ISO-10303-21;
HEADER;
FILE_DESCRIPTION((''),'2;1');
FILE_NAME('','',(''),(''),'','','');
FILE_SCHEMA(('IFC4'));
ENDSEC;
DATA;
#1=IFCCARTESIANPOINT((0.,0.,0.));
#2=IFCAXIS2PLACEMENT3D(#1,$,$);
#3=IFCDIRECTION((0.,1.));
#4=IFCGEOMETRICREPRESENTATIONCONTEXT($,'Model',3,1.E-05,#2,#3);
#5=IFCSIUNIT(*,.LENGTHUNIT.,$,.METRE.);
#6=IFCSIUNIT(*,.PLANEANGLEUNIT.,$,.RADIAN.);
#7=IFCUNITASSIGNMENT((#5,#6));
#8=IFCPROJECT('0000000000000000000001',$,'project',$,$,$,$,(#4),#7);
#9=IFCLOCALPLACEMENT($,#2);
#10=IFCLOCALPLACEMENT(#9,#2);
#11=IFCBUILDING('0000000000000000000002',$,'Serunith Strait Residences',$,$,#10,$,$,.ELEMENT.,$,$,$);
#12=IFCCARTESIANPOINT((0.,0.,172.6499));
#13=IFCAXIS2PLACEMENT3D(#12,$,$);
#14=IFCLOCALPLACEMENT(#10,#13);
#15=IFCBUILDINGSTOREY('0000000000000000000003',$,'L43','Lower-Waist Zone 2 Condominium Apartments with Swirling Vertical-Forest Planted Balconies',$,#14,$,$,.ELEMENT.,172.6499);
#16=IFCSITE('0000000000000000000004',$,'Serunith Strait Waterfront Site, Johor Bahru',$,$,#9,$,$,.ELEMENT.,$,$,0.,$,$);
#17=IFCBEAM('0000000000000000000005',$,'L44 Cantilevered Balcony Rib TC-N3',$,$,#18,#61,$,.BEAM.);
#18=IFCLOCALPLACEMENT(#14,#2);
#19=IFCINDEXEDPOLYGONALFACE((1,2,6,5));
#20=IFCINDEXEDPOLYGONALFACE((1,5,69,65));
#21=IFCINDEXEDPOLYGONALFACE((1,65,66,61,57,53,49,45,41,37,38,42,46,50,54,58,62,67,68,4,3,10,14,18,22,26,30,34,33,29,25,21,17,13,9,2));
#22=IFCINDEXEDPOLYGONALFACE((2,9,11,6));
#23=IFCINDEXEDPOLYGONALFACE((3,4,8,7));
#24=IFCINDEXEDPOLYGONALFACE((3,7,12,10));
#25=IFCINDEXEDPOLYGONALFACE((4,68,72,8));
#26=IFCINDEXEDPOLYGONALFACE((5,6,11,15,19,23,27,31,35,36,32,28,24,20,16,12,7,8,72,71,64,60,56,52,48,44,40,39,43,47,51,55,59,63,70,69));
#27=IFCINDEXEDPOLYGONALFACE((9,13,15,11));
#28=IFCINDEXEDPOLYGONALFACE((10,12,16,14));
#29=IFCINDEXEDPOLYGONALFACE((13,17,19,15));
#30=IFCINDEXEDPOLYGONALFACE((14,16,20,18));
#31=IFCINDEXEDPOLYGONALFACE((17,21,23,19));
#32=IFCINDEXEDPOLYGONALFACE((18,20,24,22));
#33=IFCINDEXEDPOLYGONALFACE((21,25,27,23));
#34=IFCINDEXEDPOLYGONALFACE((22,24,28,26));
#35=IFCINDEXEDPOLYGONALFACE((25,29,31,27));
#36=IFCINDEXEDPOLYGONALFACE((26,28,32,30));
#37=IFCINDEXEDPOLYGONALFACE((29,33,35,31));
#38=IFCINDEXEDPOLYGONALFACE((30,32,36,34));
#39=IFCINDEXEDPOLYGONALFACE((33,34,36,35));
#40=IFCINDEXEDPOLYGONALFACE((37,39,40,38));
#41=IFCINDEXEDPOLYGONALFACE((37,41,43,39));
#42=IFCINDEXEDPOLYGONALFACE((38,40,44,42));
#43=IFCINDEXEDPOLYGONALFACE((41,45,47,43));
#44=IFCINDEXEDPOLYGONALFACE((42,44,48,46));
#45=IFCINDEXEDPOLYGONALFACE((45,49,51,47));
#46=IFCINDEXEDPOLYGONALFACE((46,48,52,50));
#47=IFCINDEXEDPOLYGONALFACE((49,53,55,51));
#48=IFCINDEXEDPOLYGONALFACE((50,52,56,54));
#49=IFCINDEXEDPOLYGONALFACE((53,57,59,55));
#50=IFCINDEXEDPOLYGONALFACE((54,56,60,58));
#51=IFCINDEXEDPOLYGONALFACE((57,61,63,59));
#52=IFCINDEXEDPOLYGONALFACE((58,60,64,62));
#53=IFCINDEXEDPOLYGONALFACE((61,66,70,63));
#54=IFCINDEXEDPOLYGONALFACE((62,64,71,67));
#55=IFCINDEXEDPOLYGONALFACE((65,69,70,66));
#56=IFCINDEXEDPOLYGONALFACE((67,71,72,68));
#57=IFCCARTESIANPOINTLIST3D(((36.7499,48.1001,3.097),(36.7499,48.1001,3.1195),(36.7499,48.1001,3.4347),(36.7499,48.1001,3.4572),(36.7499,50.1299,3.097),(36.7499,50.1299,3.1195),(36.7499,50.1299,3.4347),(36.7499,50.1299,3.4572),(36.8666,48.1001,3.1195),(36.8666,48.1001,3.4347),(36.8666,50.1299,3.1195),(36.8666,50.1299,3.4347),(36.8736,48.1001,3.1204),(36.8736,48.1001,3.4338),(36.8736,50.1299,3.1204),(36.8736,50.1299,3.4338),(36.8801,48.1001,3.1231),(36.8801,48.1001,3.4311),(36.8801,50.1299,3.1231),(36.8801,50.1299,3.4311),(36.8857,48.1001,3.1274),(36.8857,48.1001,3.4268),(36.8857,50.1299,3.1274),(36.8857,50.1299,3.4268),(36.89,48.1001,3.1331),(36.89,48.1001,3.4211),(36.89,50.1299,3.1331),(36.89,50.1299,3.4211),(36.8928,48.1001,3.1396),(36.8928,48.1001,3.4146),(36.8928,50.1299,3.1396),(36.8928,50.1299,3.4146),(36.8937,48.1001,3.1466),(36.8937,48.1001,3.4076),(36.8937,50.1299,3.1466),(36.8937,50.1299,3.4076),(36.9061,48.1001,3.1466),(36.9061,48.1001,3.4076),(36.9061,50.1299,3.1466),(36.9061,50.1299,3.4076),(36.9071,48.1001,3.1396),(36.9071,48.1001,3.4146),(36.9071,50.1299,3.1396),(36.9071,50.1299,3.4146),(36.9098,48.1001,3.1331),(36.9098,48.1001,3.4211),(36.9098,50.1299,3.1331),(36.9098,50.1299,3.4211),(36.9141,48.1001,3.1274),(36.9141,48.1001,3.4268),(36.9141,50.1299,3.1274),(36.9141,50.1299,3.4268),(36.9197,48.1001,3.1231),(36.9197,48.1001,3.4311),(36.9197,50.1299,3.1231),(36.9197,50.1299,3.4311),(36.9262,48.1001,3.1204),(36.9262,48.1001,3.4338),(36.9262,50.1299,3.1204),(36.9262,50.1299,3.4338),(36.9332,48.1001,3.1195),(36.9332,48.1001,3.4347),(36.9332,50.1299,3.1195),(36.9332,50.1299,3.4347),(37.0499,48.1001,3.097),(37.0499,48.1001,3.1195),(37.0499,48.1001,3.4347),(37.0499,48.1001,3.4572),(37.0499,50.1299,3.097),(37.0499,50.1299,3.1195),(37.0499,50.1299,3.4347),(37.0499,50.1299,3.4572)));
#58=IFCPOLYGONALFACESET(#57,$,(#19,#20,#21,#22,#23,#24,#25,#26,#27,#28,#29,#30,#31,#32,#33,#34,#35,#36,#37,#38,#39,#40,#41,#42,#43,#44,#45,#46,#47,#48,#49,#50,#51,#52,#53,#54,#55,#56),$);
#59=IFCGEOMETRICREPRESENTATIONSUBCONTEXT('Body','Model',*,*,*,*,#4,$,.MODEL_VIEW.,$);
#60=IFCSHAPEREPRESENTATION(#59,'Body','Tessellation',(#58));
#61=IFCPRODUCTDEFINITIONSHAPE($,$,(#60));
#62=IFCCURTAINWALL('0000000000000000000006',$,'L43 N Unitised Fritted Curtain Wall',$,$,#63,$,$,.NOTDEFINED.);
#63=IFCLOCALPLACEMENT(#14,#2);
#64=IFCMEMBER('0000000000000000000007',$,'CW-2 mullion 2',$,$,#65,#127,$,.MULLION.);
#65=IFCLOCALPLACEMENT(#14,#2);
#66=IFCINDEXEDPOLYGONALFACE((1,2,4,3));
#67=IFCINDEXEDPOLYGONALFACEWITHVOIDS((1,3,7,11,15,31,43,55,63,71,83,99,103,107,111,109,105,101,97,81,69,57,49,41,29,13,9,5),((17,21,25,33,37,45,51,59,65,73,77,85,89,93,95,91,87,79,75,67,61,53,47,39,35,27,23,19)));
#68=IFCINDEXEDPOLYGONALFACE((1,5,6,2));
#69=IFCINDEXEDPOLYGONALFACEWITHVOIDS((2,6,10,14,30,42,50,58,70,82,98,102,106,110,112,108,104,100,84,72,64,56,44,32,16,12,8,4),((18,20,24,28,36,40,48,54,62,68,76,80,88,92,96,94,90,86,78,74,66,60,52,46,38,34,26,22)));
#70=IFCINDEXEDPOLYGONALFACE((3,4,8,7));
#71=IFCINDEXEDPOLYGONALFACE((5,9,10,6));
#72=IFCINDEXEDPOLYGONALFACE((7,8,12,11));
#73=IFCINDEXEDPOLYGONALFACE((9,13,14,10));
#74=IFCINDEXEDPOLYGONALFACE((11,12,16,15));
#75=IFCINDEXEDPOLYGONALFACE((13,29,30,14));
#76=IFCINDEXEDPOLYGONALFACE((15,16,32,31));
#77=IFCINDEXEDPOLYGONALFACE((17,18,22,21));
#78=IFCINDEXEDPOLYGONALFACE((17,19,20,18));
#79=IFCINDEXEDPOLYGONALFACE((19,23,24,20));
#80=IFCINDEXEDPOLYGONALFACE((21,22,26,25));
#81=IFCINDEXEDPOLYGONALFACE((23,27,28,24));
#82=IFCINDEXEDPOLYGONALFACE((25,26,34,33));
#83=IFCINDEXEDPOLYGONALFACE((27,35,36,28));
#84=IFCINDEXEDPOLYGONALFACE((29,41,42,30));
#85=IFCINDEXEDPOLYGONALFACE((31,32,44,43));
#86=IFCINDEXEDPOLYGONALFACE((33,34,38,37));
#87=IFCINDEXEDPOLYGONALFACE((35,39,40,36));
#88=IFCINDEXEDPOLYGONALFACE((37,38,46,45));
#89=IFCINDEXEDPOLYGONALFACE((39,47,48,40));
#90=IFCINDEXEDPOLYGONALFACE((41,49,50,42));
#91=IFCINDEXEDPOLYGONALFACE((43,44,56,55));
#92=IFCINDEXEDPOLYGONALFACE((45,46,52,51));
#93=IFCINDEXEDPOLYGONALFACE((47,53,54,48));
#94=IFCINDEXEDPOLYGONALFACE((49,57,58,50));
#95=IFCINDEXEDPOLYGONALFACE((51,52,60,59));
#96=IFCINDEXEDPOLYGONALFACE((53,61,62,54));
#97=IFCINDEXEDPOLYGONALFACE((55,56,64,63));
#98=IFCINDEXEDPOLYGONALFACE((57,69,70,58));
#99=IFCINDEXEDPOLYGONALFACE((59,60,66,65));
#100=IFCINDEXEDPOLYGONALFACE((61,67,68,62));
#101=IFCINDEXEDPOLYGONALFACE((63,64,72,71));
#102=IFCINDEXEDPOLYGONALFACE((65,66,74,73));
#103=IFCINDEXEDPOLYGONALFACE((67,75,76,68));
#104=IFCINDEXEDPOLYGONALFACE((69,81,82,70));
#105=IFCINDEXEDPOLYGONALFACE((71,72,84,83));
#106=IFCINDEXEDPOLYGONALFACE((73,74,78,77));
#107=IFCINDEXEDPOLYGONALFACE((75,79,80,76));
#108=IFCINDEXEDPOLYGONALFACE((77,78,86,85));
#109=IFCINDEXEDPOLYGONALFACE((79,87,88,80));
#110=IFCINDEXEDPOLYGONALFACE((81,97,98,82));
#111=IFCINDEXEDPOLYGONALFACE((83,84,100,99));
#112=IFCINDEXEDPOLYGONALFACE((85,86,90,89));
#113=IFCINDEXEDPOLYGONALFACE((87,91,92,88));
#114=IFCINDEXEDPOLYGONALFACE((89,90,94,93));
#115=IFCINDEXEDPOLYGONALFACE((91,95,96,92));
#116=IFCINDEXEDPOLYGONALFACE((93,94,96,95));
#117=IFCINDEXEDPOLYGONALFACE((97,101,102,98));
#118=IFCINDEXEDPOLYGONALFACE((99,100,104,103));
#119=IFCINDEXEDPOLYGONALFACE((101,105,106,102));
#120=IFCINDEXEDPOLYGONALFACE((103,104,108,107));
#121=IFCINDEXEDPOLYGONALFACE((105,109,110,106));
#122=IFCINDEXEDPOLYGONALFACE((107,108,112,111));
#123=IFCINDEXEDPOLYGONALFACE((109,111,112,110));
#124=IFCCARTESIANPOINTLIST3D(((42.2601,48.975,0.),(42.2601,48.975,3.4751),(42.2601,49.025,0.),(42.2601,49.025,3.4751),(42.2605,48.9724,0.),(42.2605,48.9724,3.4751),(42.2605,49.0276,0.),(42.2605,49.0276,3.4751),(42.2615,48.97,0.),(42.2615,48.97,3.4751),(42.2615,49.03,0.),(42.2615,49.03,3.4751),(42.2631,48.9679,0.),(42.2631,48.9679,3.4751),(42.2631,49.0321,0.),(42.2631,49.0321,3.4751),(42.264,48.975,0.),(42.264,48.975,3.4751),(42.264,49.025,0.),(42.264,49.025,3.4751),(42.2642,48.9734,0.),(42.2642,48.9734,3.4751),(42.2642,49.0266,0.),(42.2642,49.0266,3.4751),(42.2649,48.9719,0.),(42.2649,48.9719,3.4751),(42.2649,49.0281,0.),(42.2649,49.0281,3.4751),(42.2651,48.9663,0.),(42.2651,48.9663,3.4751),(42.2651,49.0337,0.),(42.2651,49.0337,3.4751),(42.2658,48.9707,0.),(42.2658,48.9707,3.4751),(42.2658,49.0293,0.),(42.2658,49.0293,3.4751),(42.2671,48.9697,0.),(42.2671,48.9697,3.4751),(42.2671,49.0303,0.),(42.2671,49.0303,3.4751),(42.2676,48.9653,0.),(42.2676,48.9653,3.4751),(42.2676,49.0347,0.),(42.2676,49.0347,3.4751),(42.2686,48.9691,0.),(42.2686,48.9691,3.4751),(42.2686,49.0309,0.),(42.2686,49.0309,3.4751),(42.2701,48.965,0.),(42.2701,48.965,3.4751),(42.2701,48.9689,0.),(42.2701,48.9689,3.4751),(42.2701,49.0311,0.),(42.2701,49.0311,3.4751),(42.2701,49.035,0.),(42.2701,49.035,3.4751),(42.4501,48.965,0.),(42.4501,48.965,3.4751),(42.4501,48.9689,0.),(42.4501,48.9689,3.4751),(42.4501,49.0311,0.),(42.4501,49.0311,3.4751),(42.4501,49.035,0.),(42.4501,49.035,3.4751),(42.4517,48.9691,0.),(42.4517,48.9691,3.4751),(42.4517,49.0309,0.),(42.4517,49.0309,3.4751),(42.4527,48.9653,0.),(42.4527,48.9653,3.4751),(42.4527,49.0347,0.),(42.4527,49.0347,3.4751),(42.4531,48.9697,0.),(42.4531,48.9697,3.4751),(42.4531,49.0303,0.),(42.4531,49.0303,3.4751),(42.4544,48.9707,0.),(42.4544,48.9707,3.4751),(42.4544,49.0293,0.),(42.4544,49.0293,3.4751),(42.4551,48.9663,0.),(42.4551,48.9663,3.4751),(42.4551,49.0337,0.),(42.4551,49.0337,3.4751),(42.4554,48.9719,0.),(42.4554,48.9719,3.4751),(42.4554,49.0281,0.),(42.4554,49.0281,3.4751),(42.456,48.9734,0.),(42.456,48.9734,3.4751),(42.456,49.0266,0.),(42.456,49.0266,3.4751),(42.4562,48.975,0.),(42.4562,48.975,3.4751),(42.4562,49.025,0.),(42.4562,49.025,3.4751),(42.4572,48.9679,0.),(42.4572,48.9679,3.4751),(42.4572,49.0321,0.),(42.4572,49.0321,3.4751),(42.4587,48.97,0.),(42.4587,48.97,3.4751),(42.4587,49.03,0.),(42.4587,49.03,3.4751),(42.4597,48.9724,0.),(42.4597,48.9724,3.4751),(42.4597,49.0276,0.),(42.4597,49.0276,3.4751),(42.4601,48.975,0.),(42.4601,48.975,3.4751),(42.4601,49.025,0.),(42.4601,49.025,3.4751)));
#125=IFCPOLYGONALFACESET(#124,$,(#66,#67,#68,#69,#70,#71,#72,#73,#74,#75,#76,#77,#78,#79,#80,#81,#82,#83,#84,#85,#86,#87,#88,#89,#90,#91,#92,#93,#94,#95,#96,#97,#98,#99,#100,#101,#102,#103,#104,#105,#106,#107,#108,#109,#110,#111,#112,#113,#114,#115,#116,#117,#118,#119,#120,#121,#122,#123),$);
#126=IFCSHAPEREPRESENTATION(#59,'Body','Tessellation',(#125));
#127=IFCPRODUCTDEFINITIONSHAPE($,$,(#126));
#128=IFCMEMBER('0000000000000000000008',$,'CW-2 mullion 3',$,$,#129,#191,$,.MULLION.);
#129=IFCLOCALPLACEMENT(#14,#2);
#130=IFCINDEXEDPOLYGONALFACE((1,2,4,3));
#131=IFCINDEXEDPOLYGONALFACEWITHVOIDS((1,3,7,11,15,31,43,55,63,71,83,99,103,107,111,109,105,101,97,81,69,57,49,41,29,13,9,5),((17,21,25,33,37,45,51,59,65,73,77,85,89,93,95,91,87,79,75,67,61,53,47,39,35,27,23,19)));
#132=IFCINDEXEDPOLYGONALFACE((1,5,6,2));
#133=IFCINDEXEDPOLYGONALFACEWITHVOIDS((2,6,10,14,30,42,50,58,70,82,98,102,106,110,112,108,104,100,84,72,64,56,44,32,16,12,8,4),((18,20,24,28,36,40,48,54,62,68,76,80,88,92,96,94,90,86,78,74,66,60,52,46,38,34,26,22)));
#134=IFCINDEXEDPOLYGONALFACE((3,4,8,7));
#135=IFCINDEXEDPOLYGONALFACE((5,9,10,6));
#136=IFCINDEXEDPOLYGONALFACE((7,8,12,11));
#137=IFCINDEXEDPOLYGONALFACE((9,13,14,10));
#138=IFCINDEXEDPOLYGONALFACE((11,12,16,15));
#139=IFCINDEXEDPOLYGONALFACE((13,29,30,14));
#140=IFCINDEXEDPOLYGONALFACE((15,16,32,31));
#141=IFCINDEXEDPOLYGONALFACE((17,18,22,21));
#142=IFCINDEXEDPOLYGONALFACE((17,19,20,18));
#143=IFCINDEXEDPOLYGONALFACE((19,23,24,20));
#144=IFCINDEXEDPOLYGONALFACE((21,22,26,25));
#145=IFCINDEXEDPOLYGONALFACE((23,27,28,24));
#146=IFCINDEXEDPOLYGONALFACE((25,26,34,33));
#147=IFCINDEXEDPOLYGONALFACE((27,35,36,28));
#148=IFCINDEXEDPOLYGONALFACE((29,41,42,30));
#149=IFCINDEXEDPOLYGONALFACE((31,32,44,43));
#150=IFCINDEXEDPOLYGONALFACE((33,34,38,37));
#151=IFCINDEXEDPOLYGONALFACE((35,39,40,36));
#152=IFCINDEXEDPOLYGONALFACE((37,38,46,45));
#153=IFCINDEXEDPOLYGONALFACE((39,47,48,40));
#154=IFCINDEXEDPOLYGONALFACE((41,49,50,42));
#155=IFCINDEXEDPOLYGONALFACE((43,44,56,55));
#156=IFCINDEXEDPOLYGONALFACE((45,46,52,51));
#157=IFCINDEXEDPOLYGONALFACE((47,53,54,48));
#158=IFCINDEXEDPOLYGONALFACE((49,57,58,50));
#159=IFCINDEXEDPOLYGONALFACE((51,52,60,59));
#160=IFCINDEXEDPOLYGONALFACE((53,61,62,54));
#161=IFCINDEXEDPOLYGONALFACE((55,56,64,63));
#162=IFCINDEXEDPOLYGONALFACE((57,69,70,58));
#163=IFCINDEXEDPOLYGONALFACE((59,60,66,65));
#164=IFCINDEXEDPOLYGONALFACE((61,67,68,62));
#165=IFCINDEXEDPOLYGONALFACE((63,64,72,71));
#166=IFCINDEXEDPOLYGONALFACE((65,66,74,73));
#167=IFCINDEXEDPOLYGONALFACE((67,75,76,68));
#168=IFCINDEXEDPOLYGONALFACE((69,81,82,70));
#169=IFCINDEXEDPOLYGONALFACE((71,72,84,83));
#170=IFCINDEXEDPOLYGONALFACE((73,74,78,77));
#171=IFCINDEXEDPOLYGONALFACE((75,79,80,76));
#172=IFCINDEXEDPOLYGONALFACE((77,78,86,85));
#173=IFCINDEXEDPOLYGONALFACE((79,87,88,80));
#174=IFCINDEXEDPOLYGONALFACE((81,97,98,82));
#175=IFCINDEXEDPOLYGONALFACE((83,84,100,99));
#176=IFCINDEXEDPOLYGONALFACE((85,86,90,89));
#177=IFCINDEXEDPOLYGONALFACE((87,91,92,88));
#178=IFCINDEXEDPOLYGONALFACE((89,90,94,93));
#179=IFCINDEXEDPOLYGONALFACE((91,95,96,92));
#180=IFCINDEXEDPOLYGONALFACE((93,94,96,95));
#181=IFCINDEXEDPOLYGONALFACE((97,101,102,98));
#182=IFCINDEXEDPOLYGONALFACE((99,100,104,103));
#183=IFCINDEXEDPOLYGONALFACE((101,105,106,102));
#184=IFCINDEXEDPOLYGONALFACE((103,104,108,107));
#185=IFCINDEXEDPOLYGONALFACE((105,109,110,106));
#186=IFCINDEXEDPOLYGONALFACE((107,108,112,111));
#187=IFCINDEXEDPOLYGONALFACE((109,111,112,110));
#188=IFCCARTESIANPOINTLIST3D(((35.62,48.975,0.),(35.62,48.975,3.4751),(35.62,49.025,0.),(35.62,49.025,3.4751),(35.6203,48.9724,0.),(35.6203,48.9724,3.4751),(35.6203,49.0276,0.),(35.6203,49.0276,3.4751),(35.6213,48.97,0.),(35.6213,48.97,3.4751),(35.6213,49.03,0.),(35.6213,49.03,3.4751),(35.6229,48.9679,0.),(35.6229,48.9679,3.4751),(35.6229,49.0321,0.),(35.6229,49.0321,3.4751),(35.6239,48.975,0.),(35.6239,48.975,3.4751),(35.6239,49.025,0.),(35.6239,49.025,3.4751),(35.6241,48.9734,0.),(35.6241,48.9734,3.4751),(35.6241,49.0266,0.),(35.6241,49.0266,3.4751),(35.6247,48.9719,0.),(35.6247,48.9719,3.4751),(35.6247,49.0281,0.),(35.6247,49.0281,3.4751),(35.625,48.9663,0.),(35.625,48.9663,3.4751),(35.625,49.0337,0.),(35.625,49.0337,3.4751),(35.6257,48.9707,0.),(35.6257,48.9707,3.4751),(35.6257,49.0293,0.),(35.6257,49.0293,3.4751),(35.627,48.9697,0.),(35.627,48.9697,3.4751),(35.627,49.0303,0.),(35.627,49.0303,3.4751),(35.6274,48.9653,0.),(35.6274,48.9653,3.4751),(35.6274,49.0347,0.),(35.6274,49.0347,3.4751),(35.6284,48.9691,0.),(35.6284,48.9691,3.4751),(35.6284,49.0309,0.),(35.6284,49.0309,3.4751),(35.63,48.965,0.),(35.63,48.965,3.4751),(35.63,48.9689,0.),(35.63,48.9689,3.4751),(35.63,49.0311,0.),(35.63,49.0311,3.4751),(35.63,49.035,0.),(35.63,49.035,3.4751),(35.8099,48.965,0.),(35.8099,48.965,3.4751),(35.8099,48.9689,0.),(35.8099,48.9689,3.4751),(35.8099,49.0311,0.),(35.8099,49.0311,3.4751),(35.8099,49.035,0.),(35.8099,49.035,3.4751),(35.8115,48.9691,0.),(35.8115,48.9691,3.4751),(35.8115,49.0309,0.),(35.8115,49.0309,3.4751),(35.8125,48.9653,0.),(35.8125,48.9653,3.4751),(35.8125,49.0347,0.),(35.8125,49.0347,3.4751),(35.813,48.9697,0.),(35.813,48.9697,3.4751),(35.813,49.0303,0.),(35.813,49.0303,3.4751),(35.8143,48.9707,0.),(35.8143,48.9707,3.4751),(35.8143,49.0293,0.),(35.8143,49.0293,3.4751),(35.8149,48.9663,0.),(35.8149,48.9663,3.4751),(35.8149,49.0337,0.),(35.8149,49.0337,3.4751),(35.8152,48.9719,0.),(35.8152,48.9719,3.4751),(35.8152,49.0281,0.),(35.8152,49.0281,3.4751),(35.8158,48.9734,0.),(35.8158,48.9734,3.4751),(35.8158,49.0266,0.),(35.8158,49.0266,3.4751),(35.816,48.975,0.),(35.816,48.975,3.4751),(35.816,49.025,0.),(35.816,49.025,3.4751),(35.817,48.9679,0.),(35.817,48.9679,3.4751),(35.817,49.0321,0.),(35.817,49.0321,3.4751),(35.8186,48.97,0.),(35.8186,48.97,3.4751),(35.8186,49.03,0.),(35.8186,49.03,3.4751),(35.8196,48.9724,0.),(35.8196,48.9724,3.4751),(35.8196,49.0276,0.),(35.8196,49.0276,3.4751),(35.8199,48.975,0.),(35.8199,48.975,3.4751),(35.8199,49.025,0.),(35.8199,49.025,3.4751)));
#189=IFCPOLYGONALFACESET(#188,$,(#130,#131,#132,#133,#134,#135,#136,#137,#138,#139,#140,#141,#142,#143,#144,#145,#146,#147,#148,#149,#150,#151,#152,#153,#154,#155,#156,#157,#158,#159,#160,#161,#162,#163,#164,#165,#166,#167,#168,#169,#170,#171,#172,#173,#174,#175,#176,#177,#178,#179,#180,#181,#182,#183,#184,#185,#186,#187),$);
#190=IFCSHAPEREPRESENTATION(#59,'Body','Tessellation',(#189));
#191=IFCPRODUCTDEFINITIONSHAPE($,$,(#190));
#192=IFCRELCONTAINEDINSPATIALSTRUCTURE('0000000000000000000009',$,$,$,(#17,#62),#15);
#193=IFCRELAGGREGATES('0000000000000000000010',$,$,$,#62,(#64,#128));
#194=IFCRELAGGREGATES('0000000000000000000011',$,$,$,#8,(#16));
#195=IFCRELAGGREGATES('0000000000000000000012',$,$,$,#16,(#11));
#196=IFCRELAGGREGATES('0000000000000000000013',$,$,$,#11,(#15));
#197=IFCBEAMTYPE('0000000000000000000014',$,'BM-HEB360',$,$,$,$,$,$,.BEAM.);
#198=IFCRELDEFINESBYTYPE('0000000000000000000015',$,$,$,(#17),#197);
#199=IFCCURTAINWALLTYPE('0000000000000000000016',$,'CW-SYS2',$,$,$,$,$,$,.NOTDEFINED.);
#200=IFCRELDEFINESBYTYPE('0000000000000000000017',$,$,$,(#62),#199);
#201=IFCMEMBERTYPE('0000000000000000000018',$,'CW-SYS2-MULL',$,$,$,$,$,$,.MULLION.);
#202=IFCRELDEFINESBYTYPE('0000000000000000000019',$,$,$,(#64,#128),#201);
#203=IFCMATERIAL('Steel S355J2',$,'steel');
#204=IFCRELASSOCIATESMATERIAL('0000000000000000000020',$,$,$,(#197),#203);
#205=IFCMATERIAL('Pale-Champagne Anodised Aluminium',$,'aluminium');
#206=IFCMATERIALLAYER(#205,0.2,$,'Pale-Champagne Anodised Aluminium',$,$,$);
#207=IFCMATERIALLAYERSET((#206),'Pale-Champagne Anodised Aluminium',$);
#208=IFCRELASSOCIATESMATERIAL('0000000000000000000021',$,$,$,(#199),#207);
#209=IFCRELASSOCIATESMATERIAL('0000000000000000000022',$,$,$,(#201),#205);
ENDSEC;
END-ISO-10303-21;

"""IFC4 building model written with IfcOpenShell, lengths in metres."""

from ifc_helpers import new_model, si_unit, direction, frame, origin, origin_2d, place, context, subcontext, project, spatial, hollow_rectangle, i_section, extrude, source, transform, mapped, material, layer, layer_set, material_profile, profile_set, type_object, element, aggregate, save


model = new_model("IFC4")

# Units and contexts
model_context = context("Model", 3, precision=1e-05, world=origin(), true_north=direction((0.0, 1.0)))
body_context = subcontext(model_context, "Body", "Model", "MODEL_VIEW")
ifc_project = project(units=[si_unit("LENGTHUNIT", "METRE"), si_unit("PLANEANGLEUNIT", "RADIAN")], contexts=[model_context])

# Site, building, storey
site_placement = place(None, origin())
site = spatial("IfcSite", under=ifc_project, at=site_placement, Name="Serunith Strait Waterfront Site, Johor Bahru", CompositionType="ELEMENT", RefElevation=0.0)
building_placement = place(site_placement, origin())
building = spatial("IfcBuilding", under=site, at=building_placement, Name="Serunith Strait Residences", CompositionType="ELEMENT")
storey_placement = place(building_placement, frame((0.0, 0.0, 172.6499)))
storey = spatial("IfcBuildingStorey", under=building, at=storey_placement, Name="L43", Description="Lower-Waist Zone 2 Condominium Apartments with Swirling Vertical-Forest Planted Balconies", CompositionType="ELEMENT", Elevation=172.6499)

# Beam
ifc_material_1 = material(Name="Steel S355J2", Category="steel")
ifc_material_profile_1 = material_profile(ifc_material_1, i_section(OverallWidth=0.3, OverallDepth=0.3601, WebThickness=0.0125, FlangeThickness=0.0225, FilletRadius=0.0271, at=origin_2d()), Name="HEB 360")
ifc_profile_set_1 = profile_set([ifc_material_profile_1], Name="Steel S355J2")
beam_type_1 = type_object("IfcBeamType", Name="BM-HEB360", PredefinedType="BEAM", material=ifc_profile_set_1)
shared_shape_1 = source(origin(), body_context, "Body", "SweptSolid", [
    extrude(i_section(OverallWidth=0.3, OverallDepth=0.3601, WebThickness=0.0125, FlangeThickness=0.0225, FilletRadius=0.0271, at=origin_2d()), origin(), (0.0, 0.0, 1.0), 2.0298),
])
beam_1_placement = place(storey_placement, frame((36.8999, 48.1001, 3.2771), z_axis=(0.0, 1.0, 0.0), x_axis=(-1.0, 0.0, 0.0)))
element("IfcBeam", 1, at=beam_1_placement, inside=storey, type_object=beam_type_1, Name="L44 Cantilevered Balcony Rib TC-N3", PredefinedType="BEAM", context=body_context, shape_type="MappedRepresentation", body=[
    mapped(shared_shape_1, transform((0.0, 0.0, 0.0), scale=1.0)),
])

# Curtain wall, members
ifc_material_2 = material(Name="Pale-Champagne Anodised Aluminium", Category="aluminium")
ifc_layer_1 = layer(ifc_material_2, 0.2, Name="Pale-Champagne Anodised Aluminium")
ifc_layer_set_1 = layer_set([ifc_layer_1], Name="Pale-Champagne Anodised Aluminium")
curtain_wall_type = type_object("IfcCurtainWallType", Name="CW-SYS2", PredefinedType="NOTDEFINED", material=ifc_layer_set_1)
curtain_wall_placement = place(storey_placement, origin())
curtain_wall = element("IfcCurtainWall", 2, at=curtain_wall_placement, inside=storey, type_object=curtain_wall_type, Name="L43 N Unitised Fritted Curtain Wall", PredefinedType="NOTDEFINED")
ifc_material_profile_2 = material_profile(ifc_material_2, hollow_rectangle(XDim=0.0701, YDim=0.2, WallThickness=0.0039, InnerFilletRadius=0.0061, OuterFilletRadius=0.01, at=origin_2d()), Name="ALU 200x70x4")
ifc_profile_set_2 = profile_set([ifc_material_profile_2], Name="Pale-Champagne Anodised Aluminium")
member_type_1 = type_object("IfcMemberType", Name="CW-SYS2-MULL", PredefinedType="MULLION", material=ifc_profile_set_2)
shared_shape_2 = source(origin(), body_context, "Body", "SweptSolid", [
    extrude(hollow_rectangle(XDim=0.0701, YDim=0.2, WallThickness=0.0039, InnerFilletRadius=0.0061, OuterFilletRadius=0.01, at=origin_2d()), origin(), (0.0, 0.0, 1.0), 3.4751),
])
member_1_placement = place(storey_placement, frame((42.3601, 49.0, 0.0), z_axis=(0.0, 0.0, 1.0), x_axis=(0.0, -1.0, 0.0)))
member_1 = element("IfcMember", 3, at=member_1_placement, type_object=member_type_1, Name="CW-2 mullion 2", PredefinedType="MULLION", context=body_context, shape_type="MappedRepresentation", body=[
    mapped(shared_shape_2, transform((0.0, 0.0, 0.0), scale=1.0)),
])
member_2_placement = place(storey_placement, frame((35.72, 49.0, 0.0), z_axis=(0.0, 0.0, 1.0), x_axis=(0.0, -1.0, 0.0)))
member_2 = element("IfcMember", 4, at=member_2_placement, type_object=member_type_1, Name="CW-2 mullion 3", PredefinedType="MULLION", context=body_context, shape_type="MappedRepresentation", body=[
    mapped(shared_shape_2, transform((0.0, 0.0, 0.0), scale=1.0)),
])
aggregate(curtain_wall, [member_1, member_2])

save(model, "model.ifc")
